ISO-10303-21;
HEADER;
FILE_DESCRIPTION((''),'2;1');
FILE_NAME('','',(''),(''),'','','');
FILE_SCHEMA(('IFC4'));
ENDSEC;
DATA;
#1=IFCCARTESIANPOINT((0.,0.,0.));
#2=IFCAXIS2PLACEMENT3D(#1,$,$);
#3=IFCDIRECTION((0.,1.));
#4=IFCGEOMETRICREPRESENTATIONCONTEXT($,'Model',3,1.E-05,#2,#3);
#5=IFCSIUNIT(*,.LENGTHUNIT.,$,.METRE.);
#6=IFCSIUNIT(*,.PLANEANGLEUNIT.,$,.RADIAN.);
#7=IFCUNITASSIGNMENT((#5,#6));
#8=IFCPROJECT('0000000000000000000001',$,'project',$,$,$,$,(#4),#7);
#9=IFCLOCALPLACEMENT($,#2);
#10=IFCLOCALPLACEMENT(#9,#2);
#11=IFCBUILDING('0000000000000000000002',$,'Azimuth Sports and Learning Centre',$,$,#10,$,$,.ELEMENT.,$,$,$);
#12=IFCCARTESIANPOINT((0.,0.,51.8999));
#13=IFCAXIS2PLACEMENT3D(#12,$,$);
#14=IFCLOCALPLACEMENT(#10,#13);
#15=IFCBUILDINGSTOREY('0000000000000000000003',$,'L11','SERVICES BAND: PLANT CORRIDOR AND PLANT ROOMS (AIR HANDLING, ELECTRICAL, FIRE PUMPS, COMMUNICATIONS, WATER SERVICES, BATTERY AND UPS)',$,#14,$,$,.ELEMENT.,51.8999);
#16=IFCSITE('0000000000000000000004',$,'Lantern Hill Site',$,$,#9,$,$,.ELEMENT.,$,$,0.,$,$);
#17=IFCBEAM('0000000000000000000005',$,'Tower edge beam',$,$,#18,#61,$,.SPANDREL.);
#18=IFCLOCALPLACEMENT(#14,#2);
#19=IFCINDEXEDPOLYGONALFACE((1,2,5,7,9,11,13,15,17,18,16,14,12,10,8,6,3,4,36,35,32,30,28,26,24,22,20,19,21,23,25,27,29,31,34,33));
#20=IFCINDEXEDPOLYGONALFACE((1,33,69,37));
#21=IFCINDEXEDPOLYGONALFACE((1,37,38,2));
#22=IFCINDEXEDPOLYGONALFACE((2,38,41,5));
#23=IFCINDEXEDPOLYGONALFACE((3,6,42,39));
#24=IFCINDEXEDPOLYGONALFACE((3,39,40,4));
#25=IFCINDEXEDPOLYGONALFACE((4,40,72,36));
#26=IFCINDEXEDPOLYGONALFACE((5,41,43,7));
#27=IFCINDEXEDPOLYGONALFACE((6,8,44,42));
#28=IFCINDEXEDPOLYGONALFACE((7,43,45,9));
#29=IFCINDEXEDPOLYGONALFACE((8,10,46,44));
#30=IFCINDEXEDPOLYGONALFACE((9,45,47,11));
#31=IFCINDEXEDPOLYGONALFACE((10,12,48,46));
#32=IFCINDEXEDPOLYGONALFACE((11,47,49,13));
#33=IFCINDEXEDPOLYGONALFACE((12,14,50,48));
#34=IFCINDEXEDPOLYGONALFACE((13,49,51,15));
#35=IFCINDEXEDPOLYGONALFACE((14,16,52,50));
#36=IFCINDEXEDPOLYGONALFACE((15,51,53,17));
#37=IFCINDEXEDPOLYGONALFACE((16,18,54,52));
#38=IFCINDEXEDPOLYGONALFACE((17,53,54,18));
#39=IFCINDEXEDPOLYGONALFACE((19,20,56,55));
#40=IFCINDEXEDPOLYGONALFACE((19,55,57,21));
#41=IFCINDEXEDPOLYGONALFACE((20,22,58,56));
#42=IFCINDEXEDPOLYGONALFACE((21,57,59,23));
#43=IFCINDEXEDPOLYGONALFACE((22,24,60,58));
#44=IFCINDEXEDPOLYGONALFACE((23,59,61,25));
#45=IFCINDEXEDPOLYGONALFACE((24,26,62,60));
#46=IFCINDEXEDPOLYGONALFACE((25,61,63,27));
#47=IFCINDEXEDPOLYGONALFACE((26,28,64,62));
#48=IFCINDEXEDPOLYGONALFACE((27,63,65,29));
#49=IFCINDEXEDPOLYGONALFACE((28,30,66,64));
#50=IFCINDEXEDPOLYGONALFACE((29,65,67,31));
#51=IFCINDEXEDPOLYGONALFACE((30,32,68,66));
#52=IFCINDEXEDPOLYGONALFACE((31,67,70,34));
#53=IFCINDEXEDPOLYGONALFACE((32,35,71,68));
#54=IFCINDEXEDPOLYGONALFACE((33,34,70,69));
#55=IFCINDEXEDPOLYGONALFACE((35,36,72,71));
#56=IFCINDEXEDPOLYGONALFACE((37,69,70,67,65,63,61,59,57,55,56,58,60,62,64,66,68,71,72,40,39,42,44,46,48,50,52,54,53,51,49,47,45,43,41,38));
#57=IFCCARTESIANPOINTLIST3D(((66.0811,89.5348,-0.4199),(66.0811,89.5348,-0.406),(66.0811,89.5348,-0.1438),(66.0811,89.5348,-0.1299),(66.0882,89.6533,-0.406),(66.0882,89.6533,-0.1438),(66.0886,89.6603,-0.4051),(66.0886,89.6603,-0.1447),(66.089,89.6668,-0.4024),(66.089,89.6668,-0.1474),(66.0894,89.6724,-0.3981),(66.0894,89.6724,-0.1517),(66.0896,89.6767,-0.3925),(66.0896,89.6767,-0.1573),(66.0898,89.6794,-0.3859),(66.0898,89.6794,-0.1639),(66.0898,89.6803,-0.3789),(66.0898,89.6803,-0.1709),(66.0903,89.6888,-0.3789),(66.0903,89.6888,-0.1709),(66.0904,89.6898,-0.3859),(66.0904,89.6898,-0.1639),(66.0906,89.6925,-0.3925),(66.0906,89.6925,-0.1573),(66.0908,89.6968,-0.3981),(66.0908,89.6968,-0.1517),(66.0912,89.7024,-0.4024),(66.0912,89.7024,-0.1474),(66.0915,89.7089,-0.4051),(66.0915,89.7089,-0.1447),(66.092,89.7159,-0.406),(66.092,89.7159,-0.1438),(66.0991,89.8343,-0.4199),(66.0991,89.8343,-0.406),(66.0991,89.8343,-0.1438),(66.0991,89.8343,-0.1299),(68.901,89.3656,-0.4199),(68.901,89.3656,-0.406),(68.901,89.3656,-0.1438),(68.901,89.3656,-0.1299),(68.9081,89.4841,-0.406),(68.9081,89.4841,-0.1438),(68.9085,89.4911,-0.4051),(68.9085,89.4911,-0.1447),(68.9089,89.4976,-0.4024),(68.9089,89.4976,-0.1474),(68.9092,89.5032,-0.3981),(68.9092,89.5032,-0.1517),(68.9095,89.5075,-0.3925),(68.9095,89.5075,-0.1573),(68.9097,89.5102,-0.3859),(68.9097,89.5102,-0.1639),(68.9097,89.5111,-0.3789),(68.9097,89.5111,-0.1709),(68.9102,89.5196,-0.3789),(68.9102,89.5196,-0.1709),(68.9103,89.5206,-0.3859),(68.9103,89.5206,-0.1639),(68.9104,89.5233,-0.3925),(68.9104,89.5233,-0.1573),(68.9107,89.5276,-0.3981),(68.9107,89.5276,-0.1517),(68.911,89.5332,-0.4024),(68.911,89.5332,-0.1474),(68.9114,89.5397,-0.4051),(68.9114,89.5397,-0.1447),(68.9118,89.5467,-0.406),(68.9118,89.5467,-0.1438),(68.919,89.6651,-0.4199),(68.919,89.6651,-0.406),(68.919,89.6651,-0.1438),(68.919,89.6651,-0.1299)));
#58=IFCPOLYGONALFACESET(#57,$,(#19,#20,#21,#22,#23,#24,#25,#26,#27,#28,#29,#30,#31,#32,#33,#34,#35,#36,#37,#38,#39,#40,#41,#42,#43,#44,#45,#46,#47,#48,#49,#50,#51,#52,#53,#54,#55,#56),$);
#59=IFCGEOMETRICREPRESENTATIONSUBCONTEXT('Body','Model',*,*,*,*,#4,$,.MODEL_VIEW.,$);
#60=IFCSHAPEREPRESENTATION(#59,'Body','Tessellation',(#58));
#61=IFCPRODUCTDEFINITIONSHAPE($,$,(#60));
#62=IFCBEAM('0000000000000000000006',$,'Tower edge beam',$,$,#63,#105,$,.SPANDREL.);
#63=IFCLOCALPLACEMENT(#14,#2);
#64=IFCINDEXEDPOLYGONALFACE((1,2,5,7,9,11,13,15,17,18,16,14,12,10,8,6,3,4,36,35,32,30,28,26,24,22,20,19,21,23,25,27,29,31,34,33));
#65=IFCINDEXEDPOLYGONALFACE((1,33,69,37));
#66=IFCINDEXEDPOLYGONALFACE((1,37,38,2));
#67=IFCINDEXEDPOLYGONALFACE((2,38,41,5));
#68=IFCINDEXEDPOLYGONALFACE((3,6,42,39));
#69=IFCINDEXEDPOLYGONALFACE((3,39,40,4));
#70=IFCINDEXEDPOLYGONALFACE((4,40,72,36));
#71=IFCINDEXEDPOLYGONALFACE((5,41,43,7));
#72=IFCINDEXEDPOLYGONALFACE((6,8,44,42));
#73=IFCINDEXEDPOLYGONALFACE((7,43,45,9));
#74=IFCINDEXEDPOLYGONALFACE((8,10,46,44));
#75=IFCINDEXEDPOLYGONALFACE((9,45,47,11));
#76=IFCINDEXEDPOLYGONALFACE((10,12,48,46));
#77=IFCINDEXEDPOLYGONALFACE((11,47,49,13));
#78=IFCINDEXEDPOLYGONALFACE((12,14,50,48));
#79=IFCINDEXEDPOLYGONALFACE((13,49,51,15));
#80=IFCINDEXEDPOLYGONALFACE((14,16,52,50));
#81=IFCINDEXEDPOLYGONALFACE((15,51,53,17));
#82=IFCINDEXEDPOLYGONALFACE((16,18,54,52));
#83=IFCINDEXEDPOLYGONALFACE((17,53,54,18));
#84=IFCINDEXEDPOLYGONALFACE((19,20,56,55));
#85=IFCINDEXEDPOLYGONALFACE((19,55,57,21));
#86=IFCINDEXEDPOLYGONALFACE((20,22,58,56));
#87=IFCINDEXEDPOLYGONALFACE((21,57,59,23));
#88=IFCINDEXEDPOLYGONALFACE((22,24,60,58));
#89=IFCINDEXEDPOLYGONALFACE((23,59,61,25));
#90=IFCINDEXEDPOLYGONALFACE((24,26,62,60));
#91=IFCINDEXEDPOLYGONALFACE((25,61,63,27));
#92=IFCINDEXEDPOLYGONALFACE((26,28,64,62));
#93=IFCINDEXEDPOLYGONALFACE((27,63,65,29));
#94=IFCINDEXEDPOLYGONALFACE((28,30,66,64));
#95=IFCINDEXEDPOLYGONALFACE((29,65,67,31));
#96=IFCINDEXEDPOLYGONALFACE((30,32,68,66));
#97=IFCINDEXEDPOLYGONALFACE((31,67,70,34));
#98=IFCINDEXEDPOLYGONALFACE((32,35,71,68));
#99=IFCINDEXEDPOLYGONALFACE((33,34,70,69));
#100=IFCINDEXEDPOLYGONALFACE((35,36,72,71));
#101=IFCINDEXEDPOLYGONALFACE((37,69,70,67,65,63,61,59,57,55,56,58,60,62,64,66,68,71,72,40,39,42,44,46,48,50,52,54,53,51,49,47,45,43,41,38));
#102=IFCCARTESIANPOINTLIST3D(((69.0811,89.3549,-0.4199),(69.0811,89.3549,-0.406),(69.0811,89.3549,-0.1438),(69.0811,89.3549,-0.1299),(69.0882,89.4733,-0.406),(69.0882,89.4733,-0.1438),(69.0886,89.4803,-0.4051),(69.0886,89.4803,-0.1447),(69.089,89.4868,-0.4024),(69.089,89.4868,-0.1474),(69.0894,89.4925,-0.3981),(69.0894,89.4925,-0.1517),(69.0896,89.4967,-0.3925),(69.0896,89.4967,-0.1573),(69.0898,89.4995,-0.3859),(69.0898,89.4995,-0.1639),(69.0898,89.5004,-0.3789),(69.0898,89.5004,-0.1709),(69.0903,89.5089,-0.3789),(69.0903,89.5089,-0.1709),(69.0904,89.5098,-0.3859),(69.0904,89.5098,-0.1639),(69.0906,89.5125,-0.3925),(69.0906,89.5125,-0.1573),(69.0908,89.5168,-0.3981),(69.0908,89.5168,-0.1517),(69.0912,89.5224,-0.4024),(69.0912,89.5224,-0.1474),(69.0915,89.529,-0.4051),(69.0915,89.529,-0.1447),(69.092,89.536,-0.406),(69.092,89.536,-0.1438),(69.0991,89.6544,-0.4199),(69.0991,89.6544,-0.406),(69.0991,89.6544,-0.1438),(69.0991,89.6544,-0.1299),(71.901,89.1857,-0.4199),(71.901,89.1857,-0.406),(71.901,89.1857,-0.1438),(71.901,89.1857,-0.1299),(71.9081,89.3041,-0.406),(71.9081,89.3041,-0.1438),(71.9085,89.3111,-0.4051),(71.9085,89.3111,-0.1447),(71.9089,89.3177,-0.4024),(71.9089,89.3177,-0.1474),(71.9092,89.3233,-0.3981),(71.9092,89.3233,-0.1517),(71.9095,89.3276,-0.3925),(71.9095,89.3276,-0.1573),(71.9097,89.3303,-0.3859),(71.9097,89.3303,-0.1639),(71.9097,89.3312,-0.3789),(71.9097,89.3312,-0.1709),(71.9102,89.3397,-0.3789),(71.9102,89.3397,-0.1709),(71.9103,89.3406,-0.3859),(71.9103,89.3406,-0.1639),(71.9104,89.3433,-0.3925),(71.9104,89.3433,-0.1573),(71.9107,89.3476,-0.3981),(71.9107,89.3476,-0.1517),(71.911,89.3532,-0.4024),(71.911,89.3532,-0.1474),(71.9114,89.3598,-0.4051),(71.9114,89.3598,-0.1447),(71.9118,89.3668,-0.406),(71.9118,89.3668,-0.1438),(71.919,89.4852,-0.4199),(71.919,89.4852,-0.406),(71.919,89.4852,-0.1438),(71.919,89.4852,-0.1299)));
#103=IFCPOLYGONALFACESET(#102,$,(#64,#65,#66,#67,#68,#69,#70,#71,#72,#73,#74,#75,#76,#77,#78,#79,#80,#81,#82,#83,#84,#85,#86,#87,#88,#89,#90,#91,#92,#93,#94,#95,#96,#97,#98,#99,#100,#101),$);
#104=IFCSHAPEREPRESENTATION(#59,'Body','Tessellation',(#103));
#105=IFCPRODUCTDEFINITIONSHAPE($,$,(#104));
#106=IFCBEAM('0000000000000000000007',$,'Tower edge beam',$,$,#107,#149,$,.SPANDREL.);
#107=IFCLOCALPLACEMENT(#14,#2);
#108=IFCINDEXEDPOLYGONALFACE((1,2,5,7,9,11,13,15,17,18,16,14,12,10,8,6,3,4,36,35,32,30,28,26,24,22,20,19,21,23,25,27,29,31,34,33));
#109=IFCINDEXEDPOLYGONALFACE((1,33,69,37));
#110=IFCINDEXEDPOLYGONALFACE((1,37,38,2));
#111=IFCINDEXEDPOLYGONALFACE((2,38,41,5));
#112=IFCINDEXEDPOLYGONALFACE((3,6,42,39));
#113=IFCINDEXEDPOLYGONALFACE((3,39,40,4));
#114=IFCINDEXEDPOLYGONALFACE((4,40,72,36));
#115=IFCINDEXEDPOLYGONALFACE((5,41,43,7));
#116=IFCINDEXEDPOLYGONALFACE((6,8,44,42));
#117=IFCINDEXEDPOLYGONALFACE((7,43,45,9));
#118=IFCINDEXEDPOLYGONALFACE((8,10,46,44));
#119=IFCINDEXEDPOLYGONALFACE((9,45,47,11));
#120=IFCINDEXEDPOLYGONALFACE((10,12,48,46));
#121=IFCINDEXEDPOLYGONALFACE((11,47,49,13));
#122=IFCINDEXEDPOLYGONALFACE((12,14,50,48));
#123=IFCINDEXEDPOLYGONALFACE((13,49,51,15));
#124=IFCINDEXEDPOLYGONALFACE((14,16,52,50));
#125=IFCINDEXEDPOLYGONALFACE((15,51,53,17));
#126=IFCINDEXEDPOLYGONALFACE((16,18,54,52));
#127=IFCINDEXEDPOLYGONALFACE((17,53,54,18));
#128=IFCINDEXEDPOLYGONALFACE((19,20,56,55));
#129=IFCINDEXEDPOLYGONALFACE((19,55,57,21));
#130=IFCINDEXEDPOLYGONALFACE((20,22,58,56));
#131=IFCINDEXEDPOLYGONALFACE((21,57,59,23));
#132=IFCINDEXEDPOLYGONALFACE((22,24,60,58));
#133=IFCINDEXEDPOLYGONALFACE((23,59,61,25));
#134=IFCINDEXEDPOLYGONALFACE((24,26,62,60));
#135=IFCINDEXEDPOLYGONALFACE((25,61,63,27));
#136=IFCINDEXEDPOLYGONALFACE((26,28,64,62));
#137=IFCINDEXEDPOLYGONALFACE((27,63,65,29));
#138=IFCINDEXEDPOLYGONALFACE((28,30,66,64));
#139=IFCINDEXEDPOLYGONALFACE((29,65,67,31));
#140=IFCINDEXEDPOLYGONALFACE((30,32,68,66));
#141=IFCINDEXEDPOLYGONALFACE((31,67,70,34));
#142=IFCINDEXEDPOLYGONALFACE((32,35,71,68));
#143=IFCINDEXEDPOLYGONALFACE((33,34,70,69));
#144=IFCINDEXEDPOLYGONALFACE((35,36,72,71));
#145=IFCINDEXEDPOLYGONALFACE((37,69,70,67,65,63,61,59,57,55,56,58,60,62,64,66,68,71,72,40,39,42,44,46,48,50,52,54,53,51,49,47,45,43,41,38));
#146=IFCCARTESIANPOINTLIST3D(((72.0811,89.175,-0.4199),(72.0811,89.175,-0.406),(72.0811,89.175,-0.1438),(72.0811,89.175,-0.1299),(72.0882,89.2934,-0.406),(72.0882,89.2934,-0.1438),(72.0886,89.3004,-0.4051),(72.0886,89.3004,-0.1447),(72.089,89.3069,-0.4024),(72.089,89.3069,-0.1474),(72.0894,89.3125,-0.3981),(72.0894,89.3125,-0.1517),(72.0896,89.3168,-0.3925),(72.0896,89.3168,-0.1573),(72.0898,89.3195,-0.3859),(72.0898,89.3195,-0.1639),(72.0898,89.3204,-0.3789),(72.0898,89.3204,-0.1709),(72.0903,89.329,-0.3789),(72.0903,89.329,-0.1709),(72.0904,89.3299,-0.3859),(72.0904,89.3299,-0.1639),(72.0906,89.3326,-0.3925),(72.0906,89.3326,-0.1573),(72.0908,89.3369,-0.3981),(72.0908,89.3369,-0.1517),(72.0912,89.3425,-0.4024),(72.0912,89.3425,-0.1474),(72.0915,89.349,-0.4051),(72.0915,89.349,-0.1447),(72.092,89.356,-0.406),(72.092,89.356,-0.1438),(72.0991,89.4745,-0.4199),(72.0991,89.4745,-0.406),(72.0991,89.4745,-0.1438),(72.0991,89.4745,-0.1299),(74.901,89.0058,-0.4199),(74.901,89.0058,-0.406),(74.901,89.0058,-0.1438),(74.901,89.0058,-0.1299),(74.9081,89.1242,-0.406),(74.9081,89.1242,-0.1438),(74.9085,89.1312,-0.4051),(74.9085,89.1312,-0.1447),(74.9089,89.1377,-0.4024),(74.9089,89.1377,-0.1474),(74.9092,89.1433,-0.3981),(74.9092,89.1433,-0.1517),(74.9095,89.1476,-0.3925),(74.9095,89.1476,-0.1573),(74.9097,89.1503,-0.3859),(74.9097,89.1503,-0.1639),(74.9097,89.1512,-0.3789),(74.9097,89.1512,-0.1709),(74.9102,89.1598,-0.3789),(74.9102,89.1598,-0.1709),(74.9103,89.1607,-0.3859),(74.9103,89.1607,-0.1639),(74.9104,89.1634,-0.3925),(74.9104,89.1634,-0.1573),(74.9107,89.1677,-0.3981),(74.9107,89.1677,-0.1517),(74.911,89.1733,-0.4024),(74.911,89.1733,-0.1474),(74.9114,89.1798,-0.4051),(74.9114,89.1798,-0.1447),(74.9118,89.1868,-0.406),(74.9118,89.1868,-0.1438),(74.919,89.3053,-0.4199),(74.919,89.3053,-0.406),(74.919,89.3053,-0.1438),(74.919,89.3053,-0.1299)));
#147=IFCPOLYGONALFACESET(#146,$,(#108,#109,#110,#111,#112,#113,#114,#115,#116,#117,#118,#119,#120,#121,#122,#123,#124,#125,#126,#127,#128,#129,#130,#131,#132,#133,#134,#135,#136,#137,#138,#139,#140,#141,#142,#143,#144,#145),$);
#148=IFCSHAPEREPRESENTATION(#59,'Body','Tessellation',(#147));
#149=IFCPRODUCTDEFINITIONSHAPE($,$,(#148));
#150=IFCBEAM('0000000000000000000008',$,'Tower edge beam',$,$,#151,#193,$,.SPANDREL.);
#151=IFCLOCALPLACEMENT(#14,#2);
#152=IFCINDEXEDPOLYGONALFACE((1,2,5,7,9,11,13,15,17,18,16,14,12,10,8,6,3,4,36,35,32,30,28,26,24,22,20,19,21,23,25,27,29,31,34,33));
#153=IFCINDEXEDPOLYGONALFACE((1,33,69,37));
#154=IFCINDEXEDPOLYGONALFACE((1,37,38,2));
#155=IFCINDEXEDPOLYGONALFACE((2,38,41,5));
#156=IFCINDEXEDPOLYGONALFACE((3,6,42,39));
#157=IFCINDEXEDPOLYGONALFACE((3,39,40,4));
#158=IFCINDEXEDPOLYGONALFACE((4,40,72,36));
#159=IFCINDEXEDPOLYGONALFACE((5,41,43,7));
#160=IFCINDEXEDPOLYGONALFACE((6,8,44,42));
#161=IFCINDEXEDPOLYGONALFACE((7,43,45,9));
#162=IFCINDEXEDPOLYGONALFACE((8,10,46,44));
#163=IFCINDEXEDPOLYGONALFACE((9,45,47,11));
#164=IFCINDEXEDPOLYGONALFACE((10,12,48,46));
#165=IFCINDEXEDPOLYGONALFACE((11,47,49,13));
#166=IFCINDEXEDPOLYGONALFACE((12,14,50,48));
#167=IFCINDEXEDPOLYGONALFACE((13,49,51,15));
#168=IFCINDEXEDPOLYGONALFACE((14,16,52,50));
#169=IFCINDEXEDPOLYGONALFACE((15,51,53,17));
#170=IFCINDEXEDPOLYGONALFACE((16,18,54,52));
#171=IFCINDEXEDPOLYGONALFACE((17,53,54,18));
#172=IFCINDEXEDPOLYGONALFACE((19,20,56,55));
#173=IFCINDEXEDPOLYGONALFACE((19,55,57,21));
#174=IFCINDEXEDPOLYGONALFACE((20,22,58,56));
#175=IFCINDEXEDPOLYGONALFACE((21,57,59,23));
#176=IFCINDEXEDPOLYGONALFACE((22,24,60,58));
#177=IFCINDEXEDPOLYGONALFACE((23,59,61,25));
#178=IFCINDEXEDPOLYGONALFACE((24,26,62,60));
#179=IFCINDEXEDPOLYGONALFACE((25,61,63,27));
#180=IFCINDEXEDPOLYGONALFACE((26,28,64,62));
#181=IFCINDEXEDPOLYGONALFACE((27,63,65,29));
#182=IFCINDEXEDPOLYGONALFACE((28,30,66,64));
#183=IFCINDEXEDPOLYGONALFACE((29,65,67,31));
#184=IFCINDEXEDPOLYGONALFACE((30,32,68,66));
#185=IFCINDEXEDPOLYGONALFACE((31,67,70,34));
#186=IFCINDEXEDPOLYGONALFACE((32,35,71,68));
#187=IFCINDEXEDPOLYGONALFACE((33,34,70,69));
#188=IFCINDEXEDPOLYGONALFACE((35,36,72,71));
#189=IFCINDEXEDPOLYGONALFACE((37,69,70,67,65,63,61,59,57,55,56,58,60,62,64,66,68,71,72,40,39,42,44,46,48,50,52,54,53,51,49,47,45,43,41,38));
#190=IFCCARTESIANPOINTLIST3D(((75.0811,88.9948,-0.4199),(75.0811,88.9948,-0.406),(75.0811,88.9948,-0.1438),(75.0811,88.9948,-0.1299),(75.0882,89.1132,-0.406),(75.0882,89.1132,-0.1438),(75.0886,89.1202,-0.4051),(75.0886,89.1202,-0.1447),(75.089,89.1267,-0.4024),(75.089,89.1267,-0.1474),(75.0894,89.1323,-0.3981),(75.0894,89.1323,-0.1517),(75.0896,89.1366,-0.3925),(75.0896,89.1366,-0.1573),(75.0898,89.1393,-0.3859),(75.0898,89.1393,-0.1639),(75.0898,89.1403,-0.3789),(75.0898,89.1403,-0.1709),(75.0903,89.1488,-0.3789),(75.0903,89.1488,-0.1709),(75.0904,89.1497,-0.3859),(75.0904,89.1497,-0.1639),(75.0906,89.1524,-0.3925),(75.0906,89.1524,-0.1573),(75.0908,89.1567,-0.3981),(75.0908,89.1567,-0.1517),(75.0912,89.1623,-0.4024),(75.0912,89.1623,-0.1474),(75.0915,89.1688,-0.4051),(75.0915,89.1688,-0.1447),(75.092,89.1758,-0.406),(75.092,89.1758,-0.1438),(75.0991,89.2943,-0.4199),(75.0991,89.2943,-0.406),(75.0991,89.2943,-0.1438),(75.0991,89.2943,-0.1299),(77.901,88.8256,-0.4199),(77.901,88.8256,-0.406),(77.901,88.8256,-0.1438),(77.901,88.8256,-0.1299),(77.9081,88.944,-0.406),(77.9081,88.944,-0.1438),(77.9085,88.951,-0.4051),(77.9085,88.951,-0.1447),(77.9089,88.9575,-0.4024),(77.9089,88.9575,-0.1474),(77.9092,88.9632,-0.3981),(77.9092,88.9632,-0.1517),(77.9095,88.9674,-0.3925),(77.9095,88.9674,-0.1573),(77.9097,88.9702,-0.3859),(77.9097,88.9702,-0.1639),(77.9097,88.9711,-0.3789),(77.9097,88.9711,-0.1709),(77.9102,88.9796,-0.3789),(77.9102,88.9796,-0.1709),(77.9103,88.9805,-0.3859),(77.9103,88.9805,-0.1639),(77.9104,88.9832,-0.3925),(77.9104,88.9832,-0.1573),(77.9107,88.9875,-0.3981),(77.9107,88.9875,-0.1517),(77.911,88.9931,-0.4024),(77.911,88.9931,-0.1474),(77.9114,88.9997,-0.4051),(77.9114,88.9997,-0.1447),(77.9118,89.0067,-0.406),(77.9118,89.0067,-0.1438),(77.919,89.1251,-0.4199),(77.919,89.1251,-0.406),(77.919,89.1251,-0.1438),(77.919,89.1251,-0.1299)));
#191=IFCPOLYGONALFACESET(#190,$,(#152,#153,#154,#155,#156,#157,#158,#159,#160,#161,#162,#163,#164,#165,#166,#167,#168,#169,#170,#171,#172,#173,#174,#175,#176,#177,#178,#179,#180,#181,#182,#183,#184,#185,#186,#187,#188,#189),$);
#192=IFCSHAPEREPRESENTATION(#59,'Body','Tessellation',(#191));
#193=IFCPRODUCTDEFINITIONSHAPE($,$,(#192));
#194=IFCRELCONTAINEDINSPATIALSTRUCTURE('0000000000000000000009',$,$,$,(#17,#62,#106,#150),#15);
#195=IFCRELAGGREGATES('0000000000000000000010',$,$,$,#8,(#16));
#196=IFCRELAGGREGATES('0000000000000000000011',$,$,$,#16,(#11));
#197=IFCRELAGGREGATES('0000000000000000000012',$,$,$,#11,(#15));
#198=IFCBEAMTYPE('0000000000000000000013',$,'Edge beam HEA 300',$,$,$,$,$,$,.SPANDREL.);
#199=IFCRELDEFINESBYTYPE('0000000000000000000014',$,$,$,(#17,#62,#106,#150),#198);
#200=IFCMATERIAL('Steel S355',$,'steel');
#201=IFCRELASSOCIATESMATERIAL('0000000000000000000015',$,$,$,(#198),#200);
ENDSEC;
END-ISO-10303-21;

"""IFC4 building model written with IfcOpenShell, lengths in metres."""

from ifc_helpers import new_model, si_unit, direction, frame, origin, origin_2d, place, context, subcontext, project, spatial, i_section, extrude, material, material_profile, profile_set, type_object, element, save


model = new_model("IFC4")

# Units and contexts
model_context = context("Model", 3, precision=1e-05, world=origin(), true_north=direction((0.0, 1.0)))
body_context = subcontext(model_context, "Body", "Model", "MODEL_VIEW")
ifc_project = project(units=[si_unit("LENGTHUNIT", "METRE"), si_unit("PLANEANGLEUNIT", "RADIAN")], contexts=[model_context])

# Site, building, storey
site_placement = place(None, origin())
site = spatial("IfcSite", under=ifc_project, at=site_placement, Name="Lantern Hill Site", CompositionType="ELEMENT", RefElevation=0.0)
building_placement = place(site_placement, origin())
building = spatial("IfcBuilding", under=site, at=building_placement, Name="Azimuth Sports and Learning Centre", CompositionType="ELEMENT")
storey_placement = place(building_placement, frame((0.0, 0.0, 51.8999)))
storey = spatial("IfcBuildingStorey", under=building, at=storey_placement, Name="L11", Description="SERVICES BAND: PLANT CORRIDOR AND PLANT ROOMS (AIR HANDLING, ELECTRICAL, FIRE PUMPS, COMMUNICATIONS, WATER SERVICES, BATTERY AND UPS)", CompositionType="ELEMENT", Elevation=51.8999)

# Beams
ifc_material_1 = material(Name="Steel S355", Category="steel")
ifc_material_profile = material_profile(ifc_material_1, i_section(OverallWidth=0.3, OverallDepth=0.29, WebThickness=0.0085, FlangeThickness=0.0139, FilletRadius=0.0271, at=origin_2d()), Name="HEA 300")
ifc_profile_set = profile_set([ifc_material_profile], Name="Steel S355")
beam_type = type_object("IfcBeamType", Name="Edge beam HEA 300", PredefinedType="SPANDREL", material=ifc_profile_set)
for number, where, z_axis, x_axis, name in (
    (1, (66.0901, 89.6846, -0.2749), (0.998205, -0.059892, 0.0), (0.059892, 0.998205, 0.0), "Tower edge beam"),
    (2, (69.0901, 89.5046, -0.2749), (0.998205, -0.059892, 0.0), (0.059892, 0.998205, 0.0), "Tower edge beam"),
    (3, (72.0901, 89.3247, -0.2749), (0.998205, -0.059892, 0.0), (0.059892, 0.998205, 0.0), "Tower edge beam"),
    (4, (75.0901, 89.1445, -0.2749), (0.998205, -0.059892, 0.0), (0.059892, 0.998205, 0.0), "Tower edge beam"),
):
    element("IfcBeam", number, at=place(storey_placement, frame(where, z_axis=z_axis, x_axis=x_axis)), inside=storey, type_object=beam_type, Name=name, PredefinedType="SPANDREL", context=body_context, shape_type="SweptSolid", body=[
        extrude(i_section(OverallWidth=0.3, OverallDepth=0.29, WebThickness=0.0085, FlangeThickness=0.0139, FilletRadius=0.0271, at=origin_2d()), origin(), (0.0, 0.0, 1.0), 2.825),
    ])

save(model, "model.ifc")
